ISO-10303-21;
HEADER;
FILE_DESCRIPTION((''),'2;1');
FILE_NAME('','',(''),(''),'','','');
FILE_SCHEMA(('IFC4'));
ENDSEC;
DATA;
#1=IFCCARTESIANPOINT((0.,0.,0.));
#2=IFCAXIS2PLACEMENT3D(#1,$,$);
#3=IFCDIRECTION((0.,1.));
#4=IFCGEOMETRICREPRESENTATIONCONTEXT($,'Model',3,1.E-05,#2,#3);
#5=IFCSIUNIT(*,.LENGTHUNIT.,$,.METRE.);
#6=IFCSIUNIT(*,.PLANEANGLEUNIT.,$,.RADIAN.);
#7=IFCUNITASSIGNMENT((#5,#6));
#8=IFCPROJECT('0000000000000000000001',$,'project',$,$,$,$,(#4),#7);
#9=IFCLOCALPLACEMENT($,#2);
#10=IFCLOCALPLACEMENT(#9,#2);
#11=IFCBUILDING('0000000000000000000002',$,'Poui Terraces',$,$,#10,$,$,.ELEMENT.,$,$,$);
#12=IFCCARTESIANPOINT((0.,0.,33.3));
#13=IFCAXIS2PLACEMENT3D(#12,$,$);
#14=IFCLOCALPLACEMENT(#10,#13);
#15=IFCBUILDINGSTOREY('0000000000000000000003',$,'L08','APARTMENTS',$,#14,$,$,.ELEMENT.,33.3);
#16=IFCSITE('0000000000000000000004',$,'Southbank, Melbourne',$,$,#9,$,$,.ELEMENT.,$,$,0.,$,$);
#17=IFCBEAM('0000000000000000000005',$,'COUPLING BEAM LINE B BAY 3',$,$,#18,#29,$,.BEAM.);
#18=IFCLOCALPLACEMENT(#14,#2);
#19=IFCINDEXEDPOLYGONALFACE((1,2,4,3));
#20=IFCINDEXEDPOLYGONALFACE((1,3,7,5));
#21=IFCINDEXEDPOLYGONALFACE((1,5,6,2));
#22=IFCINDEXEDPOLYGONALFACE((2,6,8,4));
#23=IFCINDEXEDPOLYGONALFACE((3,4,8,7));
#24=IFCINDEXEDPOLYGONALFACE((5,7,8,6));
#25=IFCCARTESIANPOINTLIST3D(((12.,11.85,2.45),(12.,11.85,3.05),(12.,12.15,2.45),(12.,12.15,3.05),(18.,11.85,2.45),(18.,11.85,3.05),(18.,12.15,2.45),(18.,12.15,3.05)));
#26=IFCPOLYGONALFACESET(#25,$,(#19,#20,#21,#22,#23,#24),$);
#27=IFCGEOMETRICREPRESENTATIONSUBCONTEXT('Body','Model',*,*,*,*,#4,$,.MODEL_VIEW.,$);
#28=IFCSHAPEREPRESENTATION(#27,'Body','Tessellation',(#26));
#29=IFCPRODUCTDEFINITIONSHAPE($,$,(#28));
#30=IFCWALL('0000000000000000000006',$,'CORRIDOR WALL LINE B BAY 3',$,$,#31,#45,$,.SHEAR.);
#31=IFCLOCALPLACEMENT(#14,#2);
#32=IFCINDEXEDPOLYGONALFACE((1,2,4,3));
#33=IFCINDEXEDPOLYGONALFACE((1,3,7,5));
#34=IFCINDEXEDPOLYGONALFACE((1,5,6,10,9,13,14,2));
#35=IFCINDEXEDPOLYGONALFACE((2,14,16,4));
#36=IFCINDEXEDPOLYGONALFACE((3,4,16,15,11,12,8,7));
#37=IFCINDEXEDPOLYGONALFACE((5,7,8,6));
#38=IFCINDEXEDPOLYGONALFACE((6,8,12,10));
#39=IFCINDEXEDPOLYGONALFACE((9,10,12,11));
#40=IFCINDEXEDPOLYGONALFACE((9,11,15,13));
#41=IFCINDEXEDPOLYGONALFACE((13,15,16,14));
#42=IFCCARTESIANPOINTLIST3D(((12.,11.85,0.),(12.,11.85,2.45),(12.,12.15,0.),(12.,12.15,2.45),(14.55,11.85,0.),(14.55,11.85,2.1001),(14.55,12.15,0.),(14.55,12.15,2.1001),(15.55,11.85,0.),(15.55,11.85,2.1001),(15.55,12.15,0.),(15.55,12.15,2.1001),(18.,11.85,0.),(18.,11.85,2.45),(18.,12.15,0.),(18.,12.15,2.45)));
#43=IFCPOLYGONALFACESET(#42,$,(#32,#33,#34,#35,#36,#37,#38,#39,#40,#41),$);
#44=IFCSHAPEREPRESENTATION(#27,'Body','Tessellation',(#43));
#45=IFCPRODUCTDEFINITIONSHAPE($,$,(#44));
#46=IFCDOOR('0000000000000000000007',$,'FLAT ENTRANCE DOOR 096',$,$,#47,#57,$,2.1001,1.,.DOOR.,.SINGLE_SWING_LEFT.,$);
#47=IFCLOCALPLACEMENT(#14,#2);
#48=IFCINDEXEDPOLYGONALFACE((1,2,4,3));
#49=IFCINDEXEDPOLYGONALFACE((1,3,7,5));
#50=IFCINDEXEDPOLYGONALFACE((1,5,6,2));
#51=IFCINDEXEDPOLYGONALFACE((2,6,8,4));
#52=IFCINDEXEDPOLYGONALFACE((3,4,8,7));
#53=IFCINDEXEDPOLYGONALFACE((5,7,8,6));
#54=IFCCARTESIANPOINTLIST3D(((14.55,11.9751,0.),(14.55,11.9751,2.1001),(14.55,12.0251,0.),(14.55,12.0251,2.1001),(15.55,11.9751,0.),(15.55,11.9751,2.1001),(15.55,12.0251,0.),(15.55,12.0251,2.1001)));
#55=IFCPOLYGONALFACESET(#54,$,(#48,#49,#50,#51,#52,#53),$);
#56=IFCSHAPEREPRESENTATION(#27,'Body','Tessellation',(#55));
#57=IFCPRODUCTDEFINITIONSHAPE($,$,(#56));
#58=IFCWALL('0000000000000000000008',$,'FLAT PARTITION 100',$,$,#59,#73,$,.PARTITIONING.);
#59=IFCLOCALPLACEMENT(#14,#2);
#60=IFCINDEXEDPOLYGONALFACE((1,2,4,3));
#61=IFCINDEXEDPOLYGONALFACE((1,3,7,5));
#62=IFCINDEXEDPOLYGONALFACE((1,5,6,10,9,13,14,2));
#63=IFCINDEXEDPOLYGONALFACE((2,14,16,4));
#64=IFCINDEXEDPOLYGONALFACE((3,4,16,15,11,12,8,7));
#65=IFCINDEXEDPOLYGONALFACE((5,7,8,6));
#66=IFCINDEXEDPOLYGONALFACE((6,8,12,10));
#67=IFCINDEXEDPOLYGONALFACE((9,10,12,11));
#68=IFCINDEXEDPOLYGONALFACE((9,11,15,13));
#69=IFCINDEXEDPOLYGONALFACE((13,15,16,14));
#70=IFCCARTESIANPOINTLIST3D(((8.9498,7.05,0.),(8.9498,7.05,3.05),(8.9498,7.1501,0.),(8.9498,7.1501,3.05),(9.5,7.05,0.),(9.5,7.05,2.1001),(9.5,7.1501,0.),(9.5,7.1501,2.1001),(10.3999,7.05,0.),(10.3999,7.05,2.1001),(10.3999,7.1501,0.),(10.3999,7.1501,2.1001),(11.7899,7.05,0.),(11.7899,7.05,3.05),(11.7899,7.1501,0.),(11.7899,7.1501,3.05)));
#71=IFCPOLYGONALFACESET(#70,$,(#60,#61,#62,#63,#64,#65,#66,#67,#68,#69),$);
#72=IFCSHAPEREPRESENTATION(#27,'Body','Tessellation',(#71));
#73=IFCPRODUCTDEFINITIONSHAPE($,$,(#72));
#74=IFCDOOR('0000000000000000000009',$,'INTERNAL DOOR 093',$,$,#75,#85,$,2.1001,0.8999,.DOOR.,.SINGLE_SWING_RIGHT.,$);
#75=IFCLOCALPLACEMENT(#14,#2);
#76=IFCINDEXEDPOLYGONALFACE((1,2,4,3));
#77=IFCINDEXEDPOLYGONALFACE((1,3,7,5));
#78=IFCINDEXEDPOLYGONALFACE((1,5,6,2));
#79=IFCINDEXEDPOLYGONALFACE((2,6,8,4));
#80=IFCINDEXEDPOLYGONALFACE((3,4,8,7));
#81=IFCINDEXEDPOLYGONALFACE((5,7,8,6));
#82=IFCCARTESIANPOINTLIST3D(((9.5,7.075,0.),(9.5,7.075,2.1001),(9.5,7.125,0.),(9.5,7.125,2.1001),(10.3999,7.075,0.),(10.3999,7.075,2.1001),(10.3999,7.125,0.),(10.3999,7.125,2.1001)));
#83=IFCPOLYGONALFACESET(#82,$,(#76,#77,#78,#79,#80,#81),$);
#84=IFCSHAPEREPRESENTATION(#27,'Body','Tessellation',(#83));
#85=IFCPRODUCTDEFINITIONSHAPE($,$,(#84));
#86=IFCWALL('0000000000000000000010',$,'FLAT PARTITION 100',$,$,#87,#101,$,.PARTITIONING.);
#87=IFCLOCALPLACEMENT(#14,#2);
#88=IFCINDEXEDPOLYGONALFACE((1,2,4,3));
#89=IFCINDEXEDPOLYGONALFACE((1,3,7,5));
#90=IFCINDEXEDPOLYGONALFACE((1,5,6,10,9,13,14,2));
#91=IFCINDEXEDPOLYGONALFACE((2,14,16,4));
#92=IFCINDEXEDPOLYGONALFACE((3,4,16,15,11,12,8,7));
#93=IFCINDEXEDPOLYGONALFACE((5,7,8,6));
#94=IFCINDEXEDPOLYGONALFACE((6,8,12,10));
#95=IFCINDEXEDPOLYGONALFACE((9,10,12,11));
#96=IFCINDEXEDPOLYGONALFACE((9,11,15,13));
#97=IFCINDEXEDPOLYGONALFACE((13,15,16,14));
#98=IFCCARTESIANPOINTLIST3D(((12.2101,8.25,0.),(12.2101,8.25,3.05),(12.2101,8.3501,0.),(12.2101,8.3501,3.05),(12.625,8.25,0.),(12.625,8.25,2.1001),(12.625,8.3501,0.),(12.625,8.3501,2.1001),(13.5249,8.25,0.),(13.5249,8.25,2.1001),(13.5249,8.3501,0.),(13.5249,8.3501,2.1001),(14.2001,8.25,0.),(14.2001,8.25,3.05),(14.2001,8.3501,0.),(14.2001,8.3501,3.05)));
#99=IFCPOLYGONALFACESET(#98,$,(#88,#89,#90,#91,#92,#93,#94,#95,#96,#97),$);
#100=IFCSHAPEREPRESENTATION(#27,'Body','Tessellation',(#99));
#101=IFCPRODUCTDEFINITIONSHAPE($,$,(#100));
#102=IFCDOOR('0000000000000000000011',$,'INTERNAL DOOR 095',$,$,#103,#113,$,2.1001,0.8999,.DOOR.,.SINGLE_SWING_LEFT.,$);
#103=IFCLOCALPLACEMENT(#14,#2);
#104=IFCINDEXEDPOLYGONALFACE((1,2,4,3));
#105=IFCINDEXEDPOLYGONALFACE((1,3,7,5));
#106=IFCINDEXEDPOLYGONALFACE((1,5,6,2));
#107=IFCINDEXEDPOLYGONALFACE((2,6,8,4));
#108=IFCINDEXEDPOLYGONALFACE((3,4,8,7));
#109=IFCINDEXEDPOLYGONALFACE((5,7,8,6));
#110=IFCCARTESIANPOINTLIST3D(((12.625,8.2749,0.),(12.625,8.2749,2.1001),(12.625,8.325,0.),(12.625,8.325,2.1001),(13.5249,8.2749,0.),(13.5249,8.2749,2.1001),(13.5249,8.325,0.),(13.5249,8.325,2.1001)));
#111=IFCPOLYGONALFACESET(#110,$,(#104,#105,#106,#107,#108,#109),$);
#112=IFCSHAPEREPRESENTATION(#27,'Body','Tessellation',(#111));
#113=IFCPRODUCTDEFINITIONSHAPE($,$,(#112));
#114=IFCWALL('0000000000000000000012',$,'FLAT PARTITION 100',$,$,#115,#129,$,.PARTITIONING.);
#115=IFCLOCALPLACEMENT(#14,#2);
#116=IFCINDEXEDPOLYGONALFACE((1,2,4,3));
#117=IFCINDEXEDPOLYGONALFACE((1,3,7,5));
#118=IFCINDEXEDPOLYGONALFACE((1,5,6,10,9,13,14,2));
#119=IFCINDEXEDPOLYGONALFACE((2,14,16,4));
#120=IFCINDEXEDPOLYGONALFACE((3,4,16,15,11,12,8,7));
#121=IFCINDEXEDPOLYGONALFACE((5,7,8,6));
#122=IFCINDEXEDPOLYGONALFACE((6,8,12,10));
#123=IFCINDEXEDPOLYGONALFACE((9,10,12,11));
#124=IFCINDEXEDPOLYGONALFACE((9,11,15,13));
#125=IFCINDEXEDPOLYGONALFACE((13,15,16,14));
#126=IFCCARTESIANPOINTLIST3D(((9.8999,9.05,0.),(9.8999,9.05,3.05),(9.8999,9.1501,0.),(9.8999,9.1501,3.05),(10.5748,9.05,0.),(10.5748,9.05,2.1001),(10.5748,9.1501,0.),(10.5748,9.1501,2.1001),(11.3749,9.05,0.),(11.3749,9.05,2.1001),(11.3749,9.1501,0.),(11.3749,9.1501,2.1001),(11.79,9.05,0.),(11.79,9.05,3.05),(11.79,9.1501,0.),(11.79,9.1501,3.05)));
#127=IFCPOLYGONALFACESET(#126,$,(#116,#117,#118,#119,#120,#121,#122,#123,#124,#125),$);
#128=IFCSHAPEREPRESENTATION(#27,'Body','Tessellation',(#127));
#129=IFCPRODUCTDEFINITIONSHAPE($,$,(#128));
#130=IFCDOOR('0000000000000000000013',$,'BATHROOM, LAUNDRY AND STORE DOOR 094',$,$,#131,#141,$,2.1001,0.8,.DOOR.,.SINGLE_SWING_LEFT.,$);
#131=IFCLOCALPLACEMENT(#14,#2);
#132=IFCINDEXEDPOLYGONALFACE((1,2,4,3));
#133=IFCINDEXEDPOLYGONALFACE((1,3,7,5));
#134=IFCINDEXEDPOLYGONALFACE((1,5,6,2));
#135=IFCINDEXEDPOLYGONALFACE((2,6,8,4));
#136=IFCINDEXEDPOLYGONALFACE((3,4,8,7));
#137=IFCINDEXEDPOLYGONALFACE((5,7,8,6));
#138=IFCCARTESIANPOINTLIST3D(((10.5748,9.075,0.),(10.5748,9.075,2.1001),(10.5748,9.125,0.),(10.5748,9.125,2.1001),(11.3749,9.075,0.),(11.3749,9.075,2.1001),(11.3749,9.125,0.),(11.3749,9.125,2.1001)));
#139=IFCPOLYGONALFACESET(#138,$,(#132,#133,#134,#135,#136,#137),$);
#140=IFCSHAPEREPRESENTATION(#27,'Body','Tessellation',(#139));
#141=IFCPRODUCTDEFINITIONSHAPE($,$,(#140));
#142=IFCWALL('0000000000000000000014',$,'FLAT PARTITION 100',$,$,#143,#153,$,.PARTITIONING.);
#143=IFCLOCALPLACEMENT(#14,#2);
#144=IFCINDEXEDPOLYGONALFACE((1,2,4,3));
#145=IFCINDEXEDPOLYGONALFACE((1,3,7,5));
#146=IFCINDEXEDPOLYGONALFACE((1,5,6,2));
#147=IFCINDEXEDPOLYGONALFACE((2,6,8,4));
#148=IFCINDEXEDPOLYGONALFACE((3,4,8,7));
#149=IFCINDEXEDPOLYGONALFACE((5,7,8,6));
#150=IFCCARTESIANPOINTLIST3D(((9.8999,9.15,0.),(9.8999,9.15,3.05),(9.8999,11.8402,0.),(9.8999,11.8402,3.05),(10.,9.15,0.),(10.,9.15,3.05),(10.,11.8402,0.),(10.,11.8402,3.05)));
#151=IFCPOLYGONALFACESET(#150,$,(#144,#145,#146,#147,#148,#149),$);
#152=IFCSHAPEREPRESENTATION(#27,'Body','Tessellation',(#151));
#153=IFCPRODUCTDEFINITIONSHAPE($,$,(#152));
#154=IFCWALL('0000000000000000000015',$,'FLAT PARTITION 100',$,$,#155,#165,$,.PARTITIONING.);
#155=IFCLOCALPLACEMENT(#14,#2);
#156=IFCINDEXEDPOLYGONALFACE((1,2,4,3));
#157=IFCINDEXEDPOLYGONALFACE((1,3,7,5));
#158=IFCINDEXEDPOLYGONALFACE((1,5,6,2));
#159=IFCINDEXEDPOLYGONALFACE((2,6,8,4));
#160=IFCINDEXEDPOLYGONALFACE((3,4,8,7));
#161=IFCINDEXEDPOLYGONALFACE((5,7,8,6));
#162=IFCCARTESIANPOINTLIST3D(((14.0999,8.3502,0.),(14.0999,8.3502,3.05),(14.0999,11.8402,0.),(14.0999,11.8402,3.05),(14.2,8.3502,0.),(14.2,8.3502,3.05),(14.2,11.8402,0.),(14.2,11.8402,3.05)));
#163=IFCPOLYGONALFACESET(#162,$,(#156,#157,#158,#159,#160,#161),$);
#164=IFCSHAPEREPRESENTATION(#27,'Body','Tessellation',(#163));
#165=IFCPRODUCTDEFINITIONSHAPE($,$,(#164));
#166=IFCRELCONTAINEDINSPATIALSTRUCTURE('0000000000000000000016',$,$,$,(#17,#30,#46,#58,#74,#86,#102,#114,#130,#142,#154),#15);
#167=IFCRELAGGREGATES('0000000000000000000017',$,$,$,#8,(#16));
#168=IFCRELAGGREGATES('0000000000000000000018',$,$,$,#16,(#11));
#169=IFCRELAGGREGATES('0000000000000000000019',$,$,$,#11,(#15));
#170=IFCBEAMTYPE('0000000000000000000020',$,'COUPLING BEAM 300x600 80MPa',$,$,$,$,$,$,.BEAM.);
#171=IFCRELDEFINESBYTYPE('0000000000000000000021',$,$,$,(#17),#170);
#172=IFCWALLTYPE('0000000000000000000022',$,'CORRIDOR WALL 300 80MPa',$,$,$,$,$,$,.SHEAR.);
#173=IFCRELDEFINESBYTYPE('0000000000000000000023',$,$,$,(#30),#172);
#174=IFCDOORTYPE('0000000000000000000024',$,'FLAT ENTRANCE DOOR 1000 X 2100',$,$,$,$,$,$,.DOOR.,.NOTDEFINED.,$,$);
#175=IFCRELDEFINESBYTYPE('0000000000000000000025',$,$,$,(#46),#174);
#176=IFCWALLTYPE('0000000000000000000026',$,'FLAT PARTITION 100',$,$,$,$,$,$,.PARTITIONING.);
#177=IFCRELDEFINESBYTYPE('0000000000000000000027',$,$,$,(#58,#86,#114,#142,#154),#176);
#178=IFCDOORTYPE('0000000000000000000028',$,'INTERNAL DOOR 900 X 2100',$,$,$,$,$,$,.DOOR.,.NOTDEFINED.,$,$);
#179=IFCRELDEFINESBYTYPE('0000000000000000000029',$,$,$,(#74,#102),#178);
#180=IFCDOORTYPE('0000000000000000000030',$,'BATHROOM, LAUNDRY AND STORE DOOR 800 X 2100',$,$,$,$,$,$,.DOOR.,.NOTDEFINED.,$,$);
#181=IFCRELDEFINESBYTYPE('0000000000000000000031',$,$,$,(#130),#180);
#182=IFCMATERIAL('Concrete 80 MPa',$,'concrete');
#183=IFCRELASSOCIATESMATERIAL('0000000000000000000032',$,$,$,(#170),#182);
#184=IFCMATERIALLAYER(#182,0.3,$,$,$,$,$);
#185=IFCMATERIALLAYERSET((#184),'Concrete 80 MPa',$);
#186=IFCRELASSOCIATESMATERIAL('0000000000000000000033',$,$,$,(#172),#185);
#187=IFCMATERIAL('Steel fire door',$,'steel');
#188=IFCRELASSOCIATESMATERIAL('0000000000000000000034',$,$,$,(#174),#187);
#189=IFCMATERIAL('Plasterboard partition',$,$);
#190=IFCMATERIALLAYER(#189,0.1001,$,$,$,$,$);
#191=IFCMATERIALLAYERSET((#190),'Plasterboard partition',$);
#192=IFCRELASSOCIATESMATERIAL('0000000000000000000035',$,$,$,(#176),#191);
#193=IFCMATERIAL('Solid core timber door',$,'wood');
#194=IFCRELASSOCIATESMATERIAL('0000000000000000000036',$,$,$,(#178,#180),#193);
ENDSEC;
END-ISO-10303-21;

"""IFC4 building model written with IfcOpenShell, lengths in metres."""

from ifc_helpers import new_model, si_unit, direction, frame, frame_2d, origin, origin_2d, place, context, subcontext, project, spatial, rectangle, extrude, source, transform, mapped, material, layer, layer_set, material_profile, profile_set, type_object, element, fill, save


model = new_model("IFC4")

# Units and contexts
model_context = context("Model", 3, precision=1e-05, world=origin(), true_north=direction((0.0, 1.0)))
body_context = subcontext(model_context, "Body", "Model", "MODEL_VIEW")
ifc_project = project(units=[si_unit("LENGTHUNIT", "METRE"), si_unit("PLANEANGLEUNIT", "RADIAN")], contexts=[model_context])

# Site, building, storey
site_placement = place(None, origin())
site = spatial("IfcSite", under=ifc_project, at=site_placement, Name="Southbank, Melbourne", CompositionType="ELEMENT", RefElevation=0.0)
building_placement = place(site_placement, origin())
building = spatial("IfcBuilding", under=site, at=building_placement, Name="Poui Terraces", CompositionType="ELEMENT")
storey_placement = place(building_placement, frame((0.0, 0.0, 33.3)))
storey = spatial("IfcBuildingStorey", under=building, at=storey_placement, Name="L08", Description="APARTMENTS", CompositionType="ELEMENT", Elevation=33.3)

# Beam
ifc_material_1 = material(Name="Concrete 80 MPa", Category="concrete")
ifc_material_profile = material_profile(ifc_material_1, rectangle(XDim=0.3, YDim=0.6001, at=origin_2d()), Name="RC 300x600")
ifc_profile_set = profile_set([ifc_material_profile], Name="Concrete 80 MPa")
beam_type = type_object("IfcBeamType", Name="COUPLING BEAM 300x600 80MPa", PredefinedType="BEAM", material=ifc_profile_set)
shared_shape = source(origin(), body_context, "Body", "SweptSolid", [
    extrude(rectangle(XDim=0.3, YDim=0.6001, at=origin_2d()), origin(), (0.0, 0.0, 1.0), 6.0),
])
beam_placement = place(storey_placement, frame((12.0, 12.0, 2.75), z_axis=(1.0, 0.0, 0.0), x_axis=(0.0, 1.0, 0.0)))
element("IfcBeam", 1, at=beam_placement, inside=storey, type_object=beam_type, Name="COUPLING BEAM LINE B BAY 3", PredefinedType="BEAM", context=body_context, shape_type="MappedRepresentation", body=[
    mapped(shared_shape, transform((0.0, 0.0, 0.0))),
])

# Walls, openings, doors
ifc_layer_1 = layer(ifc_material_1, 0.3)
ifc_layer_set_1 = layer_set([ifc_layer_1], Name="Concrete 80 MPa")
wall_type_1 = type_object("IfcWallType", Name="CORRIDOR WALL 300 80MPa", PredefinedType="SHEAR", material=ifc_layer_set_1)
wall_1_placement = place(storey_placement, frame((12.0, 12.0, 0.0), z_axis=(0.0, 0.0, 1.0), x_axis=(1.0, 0.0, 0.0)))
wall_1 = element("IfcWall", 2, at=wall_1_placement, inside=storey, type_object=wall_type_1, Name="CORRIDOR WALL LINE B BAY 3", PredefinedType="SHEAR", context=body_context, shape_type="SweptSolid", body=[
    extrude(rectangle(XDim=6.0, YDim=0.3, at=frame_2d((3.0, 0.0))), origin(), (0.0, 0.0, 1.0), 2.45),
])
opening_1_placement = place(wall_1_placement, frame((2.55, 0.0, 0.0)))
opening_1 = element("IfcOpeningElement", 3, at=opening_1_placement, cuts=wall_1, PredefinedType="OPENING", context=body_context, shape_type="SweptSolid", body=[
    extrude(rectangle(XDim=1.0, YDim=2.1001, at=frame_2d((0.5, 1.05))), frame((0.0, 0.1602, 0.0), z_axis=(0.0, -1.0, 0.0), x_axis=(1.0, 0.0, 0.0)), (0.0, 0.0, 1.0), 0.3201),
])
ifc_material_2 = material(Name="Steel fire door", Category="steel")
door_type_1 = type_object("IfcDoorType", Name="FLAT ENTRANCE DOOR 1000 X 2100", OperationType="NOTDEFINED", PredefinedType="DOOR", material=ifc_material_2)
door_1_placement = place(opening_1_placement, frame((1.0, 0.0, 0.0), z_axis=(0.0, 0.0, 1.0), x_axis=(-1.0, 0.0, 0.0)))
door_1 = element("IfcDoor", 4, at=door_1_placement, inside=storey, type_object=door_type_1, Name="FLAT ENTRANCE DOOR 096", OperationType="SINGLE_SWING_LEFT", OverallHeight=2.1001, OverallWidth=1.0, PredefinedType="DOOR", context=body_context, shape_type="SweptSolid", body=[
    extrude(rectangle(XDim=1.0, YDim=2.1001, at=frame_2d((0.5, 1.05))), frame((0.0, 0.0249, 0.0), z_axis=(0.0, -1.0, 0.0), x_axis=(1.0, 0.0, 0.0)), (0.0, 0.0, 1.0), 0.05),
])
fill(opening_1, door_1)
ifc_material_3 = material(Name="Plasterboard partition")
ifc_layer_2 = layer(ifc_material_3, 0.1001)
ifc_layer_set_2 = layer_set([ifc_layer_2], Name="Plasterboard partition")
wall_type_2 = type_object("IfcWallType", Name="FLAT PARTITION 100", PredefinedType="PARTITIONING", material=ifc_layer_set_2)
wall_2_placement = place(storey_placement, frame((8.95, 7.1001, 0.0), z_axis=(0.0, 0.0, 1.0), x_axis=(1.0, 0.0, 0.0)))
wall_2 = element("IfcWall", 5, at=wall_2_placement, inside=storey, type_object=wall_type_2, Name="FLAT PARTITION 100", PredefinedType="PARTITIONING", context=body_context, shape_type="SweptSolid", body=[
    extrude(rectangle(XDim=2.8401, YDim=0.1001, at=frame_2d((1.4199, 0.0))), origin(), (0.0, 0.0, 1.0), 3.05),
])
opening_2_placement = place(wall_2_placement, frame((0.55, 0.0, 0.0)))
opening_2 = element("IfcOpeningElement", 6, at=opening_2_placement, cuts=wall_2, PredefinedType="OPENING", context=body_context, shape_type="SweptSolid", body=[
    extrude(rectangle(XDim=0.8999, YDim=2.1001, at=frame_2d((0.45, 1.05))), frame((0.0, 0.0601, 0.0), z_axis=(0.0, -1.0, 0.0), x_axis=(1.0, 0.0, 0.0)), (0.0, 0.0, 1.0), 0.1201),
])
ifc_material_4 = material(Name="Solid core timber door", Category="wood")
door_type_2 = type_object("IfcDoorType", Name="INTERNAL DOOR 900 X 2100", OperationType="NOTDEFINED", PredefinedType="DOOR", material=ifc_material_4)
door_2_placement = place(opening_2_placement, origin())
door_2 = element("IfcDoor", 7, at=door_2_placement, inside=storey, type_object=door_type_2, Name="INTERNAL DOOR 093", OperationType="SINGLE_SWING_RIGHT", OverallHeight=2.1001, OverallWidth=0.8999, PredefinedType="DOOR", context=body_context, shape_type="SweptSolid", body=[
    extrude(rectangle(XDim=0.8999, YDim=2.1001, at=frame_2d((0.45, 1.05))), frame((0.0, 0.0249, 0.0), z_axis=(0.0, -1.0, 0.0), x_axis=(1.0, 0.0, 0.0)), (0.0, 0.0, 1.0), 0.05),
])
fill(opening_2, door_2)
wall_3_placement = place(storey_placement, frame((12.21, 8.3, 0.0), z_axis=(0.0, 0.0, 1.0), x_axis=(1.0, 0.0, 0.0)))
wall_3 = element("IfcWall", 8, at=wall_3_placement, inside=storey, type_object=wall_type_2, Name="FLAT PARTITION 100", PredefinedType="PARTITIONING", context=body_context, shape_type="SweptSolid", body=[
    extrude(rectangle(XDim=1.99, YDim=0.1001, at=frame_2d((0.9951, 0.0))), origin(), (0.0, 0.0, 1.0), 3.05),
])
opening_3_placement = place(wall_3_placement, frame((0.415, 0.0, 0.0)))
opening_3 = element("IfcOpeningElement", 9, at=opening_3_placement, cuts=wall_3, PredefinedType="OPENING", context=body_context, shape_type="SweptSolid", body=[
    extrude(rectangle(XDim=0.8999, YDim=2.1001, at=frame_2d((0.45, 1.05))), frame((0.0, 0.0601, 0.0), z_axis=(0.0, -1.0, 0.0), x_axis=(1.0, 0.0, 0.0)), (0.0, 0.0, 1.0), 0.1201),
])
door_3_placement = place(opening_3_placement, origin())
door_3 = element("IfcDoor", 10, at=door_3_placement, inside=storey, type_object=door_type_2, Name="INTERNAL DOOR 095", OperationType="SINGLE_SWING_LEFT", OverallHeight=2.1001, OverallWidth=0.8999, PredefinedType="DOOR", context=body_context, shape_type="SweptSolid", body=[
    extrude(rectangle(XDim=0.8999, YDim=2.1001, at=frame_2d((0.45, 1.05))), frame((0.0, 0.0249, 0.0), z_axis=(0.0, -1.0, 0.0), x_axis=(1.0, 0.0, 0.0)), (0.0, 0.0, 1.0), 0.05),
])
fill(opening_3, door_3)
wall_4_placement = place(storey_placement, frame((9.8999, 9.1001, 0.0), z_axis=(0.0, 0.0, 1.0), x_axis=(1.0, 0.0, 0.0)))
wall_4 = element("IfcWall", 11, at=wall_4_placement, inside=storey, type_object=wall_type_2, Name="FLAT PARTITION 100", PredefinedType="PARTITIONING", context=body_context, shape_type="SweptSolid", body=[
    extrude(rectangle(XDim=1.8901, YDim=0.1001, at=frame_2d((0.9451, 0.0))), origin(), (0.0, 0.0, 1.0), 3.05),
])
opening_4_placement = place(wall_4_placement, frame((0.675, 0.0, 0.0)))
opening_4 = element("IfcOpeningElement", 12, at=opening_4_placement, cuts=wall_4, PredefinedType="OPENING", context=body_context, shape_type="SweptSolid", body=[
    extrude(rectangle(XDim=0.8, YDim=2.1001, at=frame_2d((0.3999, 1.05))), frame((0.0, 0.0601, 0.0), z_axis=(0.0, -1.0, 0.0), x_axis=(1.0, 0.0, 0.0)), (0.0, 0.0, 1.0), 0.1201),
])
door_type_3 = type_object("IfcDoorType", Name="BATHROOM, LAUNDRY AND STORE DOOR 800 X 2100", OperationType="NOTDEFINED", PredefinedType="DOOR", material=ifc_material_4)
door_4_placement = place(opening_4_placement, origin())
door_4 = element("IfcDoor", 13, at=door_4_placement, inside=storey, type_object=door_type_3, Name="BATHROOM, LAUNDRY AND STORE DOOR 094", OperationType="SINGLE_SWING_LEFT", OverallHeight=2.1001, OverallWidth=0.8, PredefinedType="DOOR", context=body_context, shape_type="SweptSolid", body=[
    extrude(rectangle(XDim=0.8, YDim=2.1001, at=frame_2d((0.3999, 1.05))), frame((0.0, 0.0249, 0.0), z_axis=(0.0, -1.0, 0.0), x_axis=(1.0, 0.0, 0.0)), (0.0, 0.0, 1.0), 0.05),
])
fill(opening_4, door_4)

# Walls
wall_5_placement = place(storey_placement, frame((9.95, 9.1499, 0.0), z_axis=(0.0, 0.0, 1.0), x_axis=(0.0, 1.0, 0.0)))
element("IfcWall", 14, at=wall_5_placement, inside=storey, type_object=wall_type_2, Name="FLAT PARTITION 100", PredefinedType="PARTITIONING", context=body_context, shape_type="SweptSolid", body=[
    extrude(rectangle(XDim=2.6902, YDim=0.1001, at=frame_2d((1.3452, 0.0))), origin(), (0.0, 0.0, 1.0), 3.05),
])
wall_6_placement = place(storey_placement, frame((14.1499, 8.3501, 0.0), z_axis=(0.0, 0.0, 1.0), x_axis=(0.0, 1.0, 0.0)))
element("IfcWall", 15, at=wall_6_placement, inside=storey, type_object=wall_type_2, Name="FLAT PARTITION 100", PredefinedType="PARTITIONING", context=body_context, shape_type="SweptSolid", body=[
    extrude(rectangle(XDim=3.49, YDim=0.1001, at=frame_2d((1.7451, 0.0))), origin(), (0.0, 0.0, 1.0), 3.05),
])

save(model, "model.ifc")
